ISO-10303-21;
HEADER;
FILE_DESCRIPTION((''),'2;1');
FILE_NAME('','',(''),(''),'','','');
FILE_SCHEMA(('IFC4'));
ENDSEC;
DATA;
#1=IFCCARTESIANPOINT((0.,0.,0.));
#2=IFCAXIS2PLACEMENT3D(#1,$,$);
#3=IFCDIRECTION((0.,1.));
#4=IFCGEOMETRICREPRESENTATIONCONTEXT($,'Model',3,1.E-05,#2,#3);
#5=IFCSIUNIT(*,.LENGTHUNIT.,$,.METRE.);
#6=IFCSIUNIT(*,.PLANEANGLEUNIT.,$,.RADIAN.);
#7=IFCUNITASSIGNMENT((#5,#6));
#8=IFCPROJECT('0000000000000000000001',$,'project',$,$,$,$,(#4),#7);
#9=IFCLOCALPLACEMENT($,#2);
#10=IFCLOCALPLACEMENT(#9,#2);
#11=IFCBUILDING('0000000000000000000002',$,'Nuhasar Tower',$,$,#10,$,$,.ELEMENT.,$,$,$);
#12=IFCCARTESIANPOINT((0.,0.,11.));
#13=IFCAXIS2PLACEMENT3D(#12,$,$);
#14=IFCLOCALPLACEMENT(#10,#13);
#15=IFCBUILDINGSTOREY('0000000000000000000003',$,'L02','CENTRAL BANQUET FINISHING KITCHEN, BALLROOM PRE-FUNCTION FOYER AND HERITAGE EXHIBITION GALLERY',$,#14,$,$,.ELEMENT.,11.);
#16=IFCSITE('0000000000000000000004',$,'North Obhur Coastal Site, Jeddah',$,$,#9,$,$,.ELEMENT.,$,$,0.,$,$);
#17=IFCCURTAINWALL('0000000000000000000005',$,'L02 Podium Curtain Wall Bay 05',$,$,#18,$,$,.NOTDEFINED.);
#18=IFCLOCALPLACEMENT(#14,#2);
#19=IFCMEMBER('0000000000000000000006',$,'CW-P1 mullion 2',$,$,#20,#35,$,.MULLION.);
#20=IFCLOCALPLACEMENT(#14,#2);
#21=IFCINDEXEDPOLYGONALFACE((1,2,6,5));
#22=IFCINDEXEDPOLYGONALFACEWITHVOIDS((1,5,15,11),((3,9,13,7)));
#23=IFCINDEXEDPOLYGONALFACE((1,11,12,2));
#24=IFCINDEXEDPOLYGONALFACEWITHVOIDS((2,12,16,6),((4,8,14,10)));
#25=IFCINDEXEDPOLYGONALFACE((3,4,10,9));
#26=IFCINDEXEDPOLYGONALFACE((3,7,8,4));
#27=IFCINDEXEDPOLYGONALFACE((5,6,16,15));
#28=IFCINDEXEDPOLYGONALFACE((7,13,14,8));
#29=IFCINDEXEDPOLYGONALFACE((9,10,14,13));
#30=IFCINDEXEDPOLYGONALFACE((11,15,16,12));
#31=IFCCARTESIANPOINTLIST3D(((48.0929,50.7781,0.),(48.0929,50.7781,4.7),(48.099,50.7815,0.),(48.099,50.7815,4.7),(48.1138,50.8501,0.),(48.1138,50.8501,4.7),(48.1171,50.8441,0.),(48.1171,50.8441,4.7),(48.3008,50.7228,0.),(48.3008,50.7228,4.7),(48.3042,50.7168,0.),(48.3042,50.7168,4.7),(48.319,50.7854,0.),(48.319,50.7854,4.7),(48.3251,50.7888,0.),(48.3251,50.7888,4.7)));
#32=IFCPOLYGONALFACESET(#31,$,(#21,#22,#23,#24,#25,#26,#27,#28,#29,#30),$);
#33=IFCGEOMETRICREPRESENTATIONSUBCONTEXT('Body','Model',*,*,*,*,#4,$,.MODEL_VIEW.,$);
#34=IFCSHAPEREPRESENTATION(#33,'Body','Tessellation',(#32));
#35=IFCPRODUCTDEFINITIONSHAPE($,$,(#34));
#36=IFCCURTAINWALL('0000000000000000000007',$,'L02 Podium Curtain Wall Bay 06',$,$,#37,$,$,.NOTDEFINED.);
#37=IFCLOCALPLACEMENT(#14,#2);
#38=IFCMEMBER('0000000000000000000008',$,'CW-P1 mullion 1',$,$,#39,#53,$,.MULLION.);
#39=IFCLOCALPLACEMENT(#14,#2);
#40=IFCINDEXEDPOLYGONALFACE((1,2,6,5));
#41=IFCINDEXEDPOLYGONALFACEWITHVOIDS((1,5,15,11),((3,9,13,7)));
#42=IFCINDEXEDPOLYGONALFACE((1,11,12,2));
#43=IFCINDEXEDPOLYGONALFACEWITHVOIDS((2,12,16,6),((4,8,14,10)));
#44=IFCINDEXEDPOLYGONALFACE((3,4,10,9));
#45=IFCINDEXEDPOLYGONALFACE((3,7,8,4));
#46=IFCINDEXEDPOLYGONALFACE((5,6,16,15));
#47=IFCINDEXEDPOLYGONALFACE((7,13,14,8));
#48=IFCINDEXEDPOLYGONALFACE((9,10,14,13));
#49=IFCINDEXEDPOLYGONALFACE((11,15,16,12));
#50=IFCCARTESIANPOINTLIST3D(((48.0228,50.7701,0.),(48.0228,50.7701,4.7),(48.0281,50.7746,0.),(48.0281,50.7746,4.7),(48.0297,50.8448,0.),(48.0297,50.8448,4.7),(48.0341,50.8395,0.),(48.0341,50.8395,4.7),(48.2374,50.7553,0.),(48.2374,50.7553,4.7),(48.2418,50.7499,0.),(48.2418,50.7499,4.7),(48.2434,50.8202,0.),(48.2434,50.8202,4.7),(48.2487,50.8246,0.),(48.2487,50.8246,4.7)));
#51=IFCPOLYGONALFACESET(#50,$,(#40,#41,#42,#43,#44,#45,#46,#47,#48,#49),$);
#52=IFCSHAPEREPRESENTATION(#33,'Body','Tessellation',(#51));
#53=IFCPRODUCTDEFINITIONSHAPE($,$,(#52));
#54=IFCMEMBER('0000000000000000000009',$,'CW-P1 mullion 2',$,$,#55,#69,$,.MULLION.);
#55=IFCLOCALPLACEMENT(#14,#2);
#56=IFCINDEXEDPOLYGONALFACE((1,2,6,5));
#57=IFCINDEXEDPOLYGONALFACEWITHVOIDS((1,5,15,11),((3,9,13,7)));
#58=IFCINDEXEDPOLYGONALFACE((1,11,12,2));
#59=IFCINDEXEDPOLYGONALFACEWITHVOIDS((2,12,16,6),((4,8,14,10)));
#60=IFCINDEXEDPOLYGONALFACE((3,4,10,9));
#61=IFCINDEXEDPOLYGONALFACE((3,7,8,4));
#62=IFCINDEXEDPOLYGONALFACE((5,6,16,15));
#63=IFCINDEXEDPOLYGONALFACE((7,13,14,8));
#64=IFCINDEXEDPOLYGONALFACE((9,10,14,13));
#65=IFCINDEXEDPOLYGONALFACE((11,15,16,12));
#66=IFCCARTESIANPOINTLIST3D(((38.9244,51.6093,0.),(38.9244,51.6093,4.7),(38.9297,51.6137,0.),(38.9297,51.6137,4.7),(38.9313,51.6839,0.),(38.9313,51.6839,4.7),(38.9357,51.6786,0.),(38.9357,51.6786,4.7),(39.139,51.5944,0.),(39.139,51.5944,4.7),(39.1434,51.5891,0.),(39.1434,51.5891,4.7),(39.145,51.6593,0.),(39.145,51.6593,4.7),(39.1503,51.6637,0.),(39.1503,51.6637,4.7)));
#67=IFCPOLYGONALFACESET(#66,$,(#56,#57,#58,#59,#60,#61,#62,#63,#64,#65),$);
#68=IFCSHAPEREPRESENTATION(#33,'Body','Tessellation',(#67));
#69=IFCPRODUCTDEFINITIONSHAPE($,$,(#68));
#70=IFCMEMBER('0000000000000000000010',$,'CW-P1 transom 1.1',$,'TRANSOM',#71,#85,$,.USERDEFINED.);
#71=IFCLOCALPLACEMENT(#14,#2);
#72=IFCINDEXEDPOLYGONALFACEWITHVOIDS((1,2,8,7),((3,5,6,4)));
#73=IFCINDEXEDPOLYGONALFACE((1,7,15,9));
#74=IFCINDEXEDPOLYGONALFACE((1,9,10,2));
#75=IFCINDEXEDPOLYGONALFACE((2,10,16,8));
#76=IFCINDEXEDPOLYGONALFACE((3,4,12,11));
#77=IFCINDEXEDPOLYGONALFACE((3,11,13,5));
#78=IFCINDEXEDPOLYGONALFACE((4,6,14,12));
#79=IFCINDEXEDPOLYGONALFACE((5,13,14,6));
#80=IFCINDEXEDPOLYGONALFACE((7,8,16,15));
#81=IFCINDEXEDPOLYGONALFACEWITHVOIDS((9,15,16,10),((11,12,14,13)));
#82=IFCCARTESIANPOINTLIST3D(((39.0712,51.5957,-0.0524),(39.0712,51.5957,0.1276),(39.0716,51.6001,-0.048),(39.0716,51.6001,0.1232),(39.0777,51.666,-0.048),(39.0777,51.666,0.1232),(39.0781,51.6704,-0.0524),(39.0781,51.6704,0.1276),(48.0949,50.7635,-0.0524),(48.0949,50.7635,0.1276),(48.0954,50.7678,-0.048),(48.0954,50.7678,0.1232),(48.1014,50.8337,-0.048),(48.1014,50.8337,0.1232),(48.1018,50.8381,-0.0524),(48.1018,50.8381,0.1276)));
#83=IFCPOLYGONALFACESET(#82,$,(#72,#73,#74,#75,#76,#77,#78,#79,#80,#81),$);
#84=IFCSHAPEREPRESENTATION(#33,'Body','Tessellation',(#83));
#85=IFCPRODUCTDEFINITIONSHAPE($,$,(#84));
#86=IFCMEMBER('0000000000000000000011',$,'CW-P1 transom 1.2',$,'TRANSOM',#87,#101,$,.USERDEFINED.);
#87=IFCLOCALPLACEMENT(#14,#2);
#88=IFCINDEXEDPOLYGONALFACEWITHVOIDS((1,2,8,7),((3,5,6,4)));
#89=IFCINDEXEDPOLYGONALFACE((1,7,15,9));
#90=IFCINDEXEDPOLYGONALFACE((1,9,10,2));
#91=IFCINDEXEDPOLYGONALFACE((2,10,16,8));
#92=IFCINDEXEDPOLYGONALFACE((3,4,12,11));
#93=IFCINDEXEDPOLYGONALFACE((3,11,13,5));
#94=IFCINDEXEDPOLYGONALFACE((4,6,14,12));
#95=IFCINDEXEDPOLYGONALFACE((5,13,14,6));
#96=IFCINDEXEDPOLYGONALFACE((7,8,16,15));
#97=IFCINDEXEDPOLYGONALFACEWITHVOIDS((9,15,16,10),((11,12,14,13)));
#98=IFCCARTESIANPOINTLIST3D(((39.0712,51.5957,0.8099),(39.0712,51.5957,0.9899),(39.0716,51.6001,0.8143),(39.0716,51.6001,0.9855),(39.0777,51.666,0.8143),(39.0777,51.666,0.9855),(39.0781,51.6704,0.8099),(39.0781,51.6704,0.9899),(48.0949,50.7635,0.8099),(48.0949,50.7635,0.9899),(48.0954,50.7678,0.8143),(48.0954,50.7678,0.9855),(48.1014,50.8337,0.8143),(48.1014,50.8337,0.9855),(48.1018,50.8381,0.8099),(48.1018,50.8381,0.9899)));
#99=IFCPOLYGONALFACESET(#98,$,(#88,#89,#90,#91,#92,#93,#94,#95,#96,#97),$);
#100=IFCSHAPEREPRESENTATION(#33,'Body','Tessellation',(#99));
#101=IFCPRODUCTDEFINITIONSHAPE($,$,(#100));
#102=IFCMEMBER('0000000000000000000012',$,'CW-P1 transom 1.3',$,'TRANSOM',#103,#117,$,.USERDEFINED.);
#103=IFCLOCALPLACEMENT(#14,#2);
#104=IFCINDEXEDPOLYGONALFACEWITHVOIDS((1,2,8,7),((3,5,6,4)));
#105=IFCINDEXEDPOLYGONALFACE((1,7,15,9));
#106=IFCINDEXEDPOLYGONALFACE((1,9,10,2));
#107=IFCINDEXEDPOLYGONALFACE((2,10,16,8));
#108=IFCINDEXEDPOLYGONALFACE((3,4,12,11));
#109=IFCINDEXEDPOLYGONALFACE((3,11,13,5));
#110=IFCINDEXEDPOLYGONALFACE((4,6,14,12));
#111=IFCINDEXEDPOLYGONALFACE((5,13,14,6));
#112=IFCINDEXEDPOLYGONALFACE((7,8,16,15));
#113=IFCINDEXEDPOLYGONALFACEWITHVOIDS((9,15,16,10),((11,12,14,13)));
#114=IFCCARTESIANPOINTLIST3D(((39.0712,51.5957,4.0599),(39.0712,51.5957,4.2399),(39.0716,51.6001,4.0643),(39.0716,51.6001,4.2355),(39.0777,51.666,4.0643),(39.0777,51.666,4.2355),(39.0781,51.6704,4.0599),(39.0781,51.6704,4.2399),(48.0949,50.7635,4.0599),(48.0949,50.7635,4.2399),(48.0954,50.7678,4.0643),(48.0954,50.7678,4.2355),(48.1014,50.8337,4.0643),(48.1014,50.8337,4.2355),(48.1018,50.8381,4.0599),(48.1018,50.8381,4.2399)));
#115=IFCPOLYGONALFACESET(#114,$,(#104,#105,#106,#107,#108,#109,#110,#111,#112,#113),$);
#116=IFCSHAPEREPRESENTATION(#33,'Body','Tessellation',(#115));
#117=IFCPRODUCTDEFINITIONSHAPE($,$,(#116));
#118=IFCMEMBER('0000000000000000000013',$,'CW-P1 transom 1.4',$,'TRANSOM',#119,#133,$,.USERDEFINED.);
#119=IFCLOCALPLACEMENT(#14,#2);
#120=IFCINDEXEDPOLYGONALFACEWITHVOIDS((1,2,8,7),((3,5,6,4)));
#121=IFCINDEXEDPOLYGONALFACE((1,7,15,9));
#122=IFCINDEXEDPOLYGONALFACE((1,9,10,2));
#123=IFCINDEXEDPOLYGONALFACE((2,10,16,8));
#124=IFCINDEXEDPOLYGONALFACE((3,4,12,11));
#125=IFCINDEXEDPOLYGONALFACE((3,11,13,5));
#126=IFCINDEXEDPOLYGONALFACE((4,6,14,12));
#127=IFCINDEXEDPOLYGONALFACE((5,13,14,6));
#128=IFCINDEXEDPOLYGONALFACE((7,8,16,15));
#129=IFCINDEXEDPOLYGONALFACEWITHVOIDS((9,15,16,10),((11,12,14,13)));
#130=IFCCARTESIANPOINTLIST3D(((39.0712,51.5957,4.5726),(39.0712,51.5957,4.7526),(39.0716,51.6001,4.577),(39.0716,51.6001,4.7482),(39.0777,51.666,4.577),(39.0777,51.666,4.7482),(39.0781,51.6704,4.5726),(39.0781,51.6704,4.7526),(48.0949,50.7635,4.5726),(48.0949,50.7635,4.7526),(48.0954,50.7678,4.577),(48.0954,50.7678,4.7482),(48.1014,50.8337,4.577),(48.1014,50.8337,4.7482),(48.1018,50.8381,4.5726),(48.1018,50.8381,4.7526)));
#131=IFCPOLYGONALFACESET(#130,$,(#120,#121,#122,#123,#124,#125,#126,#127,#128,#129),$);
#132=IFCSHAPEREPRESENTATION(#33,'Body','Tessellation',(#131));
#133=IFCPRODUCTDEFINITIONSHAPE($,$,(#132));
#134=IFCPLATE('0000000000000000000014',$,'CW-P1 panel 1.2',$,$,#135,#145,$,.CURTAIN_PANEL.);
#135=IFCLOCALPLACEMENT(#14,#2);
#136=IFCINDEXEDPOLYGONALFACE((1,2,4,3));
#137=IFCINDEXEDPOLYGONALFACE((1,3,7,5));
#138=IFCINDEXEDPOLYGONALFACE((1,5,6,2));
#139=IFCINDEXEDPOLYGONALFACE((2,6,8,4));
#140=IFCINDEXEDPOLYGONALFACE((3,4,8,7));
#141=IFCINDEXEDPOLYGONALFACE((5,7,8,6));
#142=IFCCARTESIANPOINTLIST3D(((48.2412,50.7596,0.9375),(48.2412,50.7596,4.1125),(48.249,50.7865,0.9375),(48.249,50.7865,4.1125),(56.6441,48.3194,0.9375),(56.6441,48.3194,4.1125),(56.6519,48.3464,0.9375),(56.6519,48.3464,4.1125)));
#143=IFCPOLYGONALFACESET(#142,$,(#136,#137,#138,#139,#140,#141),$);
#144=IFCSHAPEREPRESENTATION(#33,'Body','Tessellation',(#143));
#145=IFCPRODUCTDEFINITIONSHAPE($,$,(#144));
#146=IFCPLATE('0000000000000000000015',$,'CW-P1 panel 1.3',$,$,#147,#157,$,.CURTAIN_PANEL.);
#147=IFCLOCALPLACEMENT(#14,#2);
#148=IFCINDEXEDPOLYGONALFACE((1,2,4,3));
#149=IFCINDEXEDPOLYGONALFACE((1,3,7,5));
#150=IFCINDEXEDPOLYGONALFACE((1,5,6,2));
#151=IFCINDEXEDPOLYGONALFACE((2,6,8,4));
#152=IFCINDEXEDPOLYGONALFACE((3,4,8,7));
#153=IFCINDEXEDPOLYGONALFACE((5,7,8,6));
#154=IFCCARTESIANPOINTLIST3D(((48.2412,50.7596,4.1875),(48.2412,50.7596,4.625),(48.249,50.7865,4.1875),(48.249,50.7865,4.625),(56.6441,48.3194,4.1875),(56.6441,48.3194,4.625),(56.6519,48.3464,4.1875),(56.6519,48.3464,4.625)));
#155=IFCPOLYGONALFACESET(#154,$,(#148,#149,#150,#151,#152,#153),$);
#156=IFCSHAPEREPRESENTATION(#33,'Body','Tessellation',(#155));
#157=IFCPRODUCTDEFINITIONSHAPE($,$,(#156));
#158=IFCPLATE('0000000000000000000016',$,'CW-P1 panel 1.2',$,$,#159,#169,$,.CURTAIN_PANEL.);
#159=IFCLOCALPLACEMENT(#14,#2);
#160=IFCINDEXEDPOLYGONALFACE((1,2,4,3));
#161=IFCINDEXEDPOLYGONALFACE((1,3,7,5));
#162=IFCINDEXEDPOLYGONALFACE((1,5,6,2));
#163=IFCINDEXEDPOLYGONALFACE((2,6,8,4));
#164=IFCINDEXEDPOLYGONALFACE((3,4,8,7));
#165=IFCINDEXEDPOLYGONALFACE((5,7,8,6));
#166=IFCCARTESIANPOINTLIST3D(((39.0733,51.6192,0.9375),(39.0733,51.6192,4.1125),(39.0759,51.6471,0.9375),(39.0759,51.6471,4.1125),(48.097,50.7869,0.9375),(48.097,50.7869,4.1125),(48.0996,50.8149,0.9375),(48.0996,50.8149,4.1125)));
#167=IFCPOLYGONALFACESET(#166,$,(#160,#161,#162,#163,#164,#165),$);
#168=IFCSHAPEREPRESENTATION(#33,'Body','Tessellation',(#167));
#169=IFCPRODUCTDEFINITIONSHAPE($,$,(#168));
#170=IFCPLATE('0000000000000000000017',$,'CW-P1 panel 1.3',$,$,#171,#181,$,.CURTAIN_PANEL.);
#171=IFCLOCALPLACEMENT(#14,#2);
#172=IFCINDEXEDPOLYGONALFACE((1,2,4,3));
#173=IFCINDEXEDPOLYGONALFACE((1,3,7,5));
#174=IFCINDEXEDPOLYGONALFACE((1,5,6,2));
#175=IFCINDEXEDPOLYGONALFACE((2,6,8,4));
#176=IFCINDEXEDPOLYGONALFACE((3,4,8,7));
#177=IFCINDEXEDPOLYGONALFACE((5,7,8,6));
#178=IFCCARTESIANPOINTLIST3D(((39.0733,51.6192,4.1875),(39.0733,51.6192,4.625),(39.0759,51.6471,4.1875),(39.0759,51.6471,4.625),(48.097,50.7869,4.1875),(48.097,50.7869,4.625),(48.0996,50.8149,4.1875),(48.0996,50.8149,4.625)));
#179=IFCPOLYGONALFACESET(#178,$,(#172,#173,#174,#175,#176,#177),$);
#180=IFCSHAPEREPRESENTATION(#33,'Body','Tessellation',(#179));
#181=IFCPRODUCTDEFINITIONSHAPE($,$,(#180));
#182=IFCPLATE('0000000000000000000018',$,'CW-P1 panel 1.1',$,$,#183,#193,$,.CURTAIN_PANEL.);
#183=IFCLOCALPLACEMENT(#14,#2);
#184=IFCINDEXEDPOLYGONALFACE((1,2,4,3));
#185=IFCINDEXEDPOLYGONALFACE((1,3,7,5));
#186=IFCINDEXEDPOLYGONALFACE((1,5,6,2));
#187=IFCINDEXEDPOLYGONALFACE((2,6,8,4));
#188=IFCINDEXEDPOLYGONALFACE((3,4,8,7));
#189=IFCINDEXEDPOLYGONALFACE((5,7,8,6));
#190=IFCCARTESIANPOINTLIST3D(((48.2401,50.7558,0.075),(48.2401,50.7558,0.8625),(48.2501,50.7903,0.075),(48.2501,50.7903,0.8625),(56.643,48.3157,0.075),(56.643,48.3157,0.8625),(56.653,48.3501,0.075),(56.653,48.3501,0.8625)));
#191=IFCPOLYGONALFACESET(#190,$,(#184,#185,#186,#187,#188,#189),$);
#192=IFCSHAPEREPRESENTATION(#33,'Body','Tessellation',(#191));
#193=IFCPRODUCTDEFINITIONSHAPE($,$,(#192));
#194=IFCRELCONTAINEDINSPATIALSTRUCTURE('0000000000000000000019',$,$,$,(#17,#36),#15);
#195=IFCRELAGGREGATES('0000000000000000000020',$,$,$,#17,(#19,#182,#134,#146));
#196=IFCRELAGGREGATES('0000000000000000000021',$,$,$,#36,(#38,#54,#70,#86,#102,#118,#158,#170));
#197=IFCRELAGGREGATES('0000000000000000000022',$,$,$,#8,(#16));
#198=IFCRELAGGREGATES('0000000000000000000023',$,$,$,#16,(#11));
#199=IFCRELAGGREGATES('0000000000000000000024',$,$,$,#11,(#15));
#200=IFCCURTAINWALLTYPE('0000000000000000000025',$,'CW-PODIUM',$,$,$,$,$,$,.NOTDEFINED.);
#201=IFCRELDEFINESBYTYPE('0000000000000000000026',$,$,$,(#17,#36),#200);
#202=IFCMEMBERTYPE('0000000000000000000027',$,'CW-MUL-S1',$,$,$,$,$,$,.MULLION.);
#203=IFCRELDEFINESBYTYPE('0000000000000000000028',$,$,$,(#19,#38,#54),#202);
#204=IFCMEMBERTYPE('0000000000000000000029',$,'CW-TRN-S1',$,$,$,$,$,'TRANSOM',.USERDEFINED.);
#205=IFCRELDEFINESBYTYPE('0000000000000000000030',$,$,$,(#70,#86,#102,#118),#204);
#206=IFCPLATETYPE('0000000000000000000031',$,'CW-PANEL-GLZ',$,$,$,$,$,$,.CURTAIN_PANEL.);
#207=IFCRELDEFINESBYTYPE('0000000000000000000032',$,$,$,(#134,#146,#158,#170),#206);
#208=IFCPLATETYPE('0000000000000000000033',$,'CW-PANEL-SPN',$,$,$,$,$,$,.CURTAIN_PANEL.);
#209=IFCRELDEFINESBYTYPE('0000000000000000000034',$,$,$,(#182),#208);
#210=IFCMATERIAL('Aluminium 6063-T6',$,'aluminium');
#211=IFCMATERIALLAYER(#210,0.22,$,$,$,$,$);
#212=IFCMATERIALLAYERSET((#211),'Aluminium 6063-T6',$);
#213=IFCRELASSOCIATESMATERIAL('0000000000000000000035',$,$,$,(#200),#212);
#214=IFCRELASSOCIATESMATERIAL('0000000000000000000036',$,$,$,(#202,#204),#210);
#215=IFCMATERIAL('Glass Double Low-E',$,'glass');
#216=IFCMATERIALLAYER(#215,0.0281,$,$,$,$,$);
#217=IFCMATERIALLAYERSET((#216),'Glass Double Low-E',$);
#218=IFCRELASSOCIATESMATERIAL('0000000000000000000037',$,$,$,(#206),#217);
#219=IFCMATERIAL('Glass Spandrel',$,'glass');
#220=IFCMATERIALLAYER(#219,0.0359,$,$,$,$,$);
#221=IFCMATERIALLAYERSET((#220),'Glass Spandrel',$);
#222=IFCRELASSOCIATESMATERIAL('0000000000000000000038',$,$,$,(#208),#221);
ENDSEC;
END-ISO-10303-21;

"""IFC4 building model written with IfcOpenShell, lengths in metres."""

from ifc_helpers import new_model, si_unit, direction, frame, origin, origin_2d, place, context, subcontext, project, spatial, rectangle, hollow_rectangle, extrude, material, layer, layer_set, material_profile, profile_set, type_object, element, aggregate, save


model = new_model("IFC4")

# Units and contexts
model_context = context("Model", 3, precision=1e-05, world=origin(), true_north=direction((0.0, 1.0)))
body_context = subcontext(model_context, "Body", "Model", "MODEL_VIEW")
ifc_project = project(units=[si_unit("LENGTHUNIT", "METRE"), si_unit("PLANEANGLEUNIT", "RADIAN")], contexts=[model_context])

# Site, building, storey
site_placement = place(None, origin())
site = spatial("IfcSite", under=ifc_project, at=site_placement, Name="North Obhur Coastal Site, Jeddah", CompositionType="ELEMENT", RefElevation=0.0)
building_placement = place(site_placement, origin())
building = spatial("IfcBuilding", under=site, at=building_placement, Name="Nuhasar Tower", CompositionType="ELEMENT")
storey_placement = place(building_placement, frame((0.0, 0.0, 11.0)))
storey = spatial("IfcBuildingStorey", under=building, at=storey_placement, Name="L02", Description="CENTRAL BANQUET FINISHING KITCHEN, BALLROOM PRE-FUNCTION FOYER AND HERITAGE EXHIBITION GALLERY", CompositionType="ELEMENT", Elevation=11.0)

# Curtain wall, member
ifc_material_1 = material(Name="Aluminium 6063-T6", Category="aluminium")
ifc_layer_1 = layer(ifc_material_1, 0.22)
ifc_layer_set_1 = layer_set([ifc_layer_1], Name="Aluminium 6063-T6")
curtain_wall_type = type_object("IfcCurtainWallType", Name="CW-PODIUM", PredefinedType="NOTDEFINED", material=ifc_layer_set_1)
curtain_wall_1_placement = place(storey_placement, origin())
curtain_wall_1 = element("IfcCurtainWall", 1, at=curtain_wall_1_placement, inside=storey, type_object=curtain_wall_type, Name="L02 Podium Curtain Wall Bay 05", PredefinedType="NOTDEFINED")
ifc_material_profile_1 = material_profile(ifc_material_1, hollow_rectangle(XDim=0.075, YDim=0.22, WallThickness=0.0049, at=origin_2d()), Name="CWM-1")
ifc_profile_set_1 = profile_set([ifc_material_profile_1], Name="Aluminium 6063-T6")
member_type_1 = type_object("IfcMemberType", Name="CW-MUL-S1", PredefinedType="MULLION", material=ifc_profile_set_1)
member_1_placement = place(storey_placement, frame((48.209, 50.7834, 0.0), z_axis=(0.0, 0.0, 1.0), x_axis=(-0.278874, -0.960328, 0.0)))
member_1 = element("IfcMember", 2, at=member_1_placement, type_object=member_type_1, Name="CW-P1 mullion 2", PredefinedType="MULLION", context=body_context, shape_type="SweptSolid", body=[
    extrude(hollow_rectangle(XDim=0.075, YDim=0.22, WallThickness=0.0049, at=origin_2d()), origin(), (0.0, 0.0, 1.0), 4.7),
])

# Curtain wall, members
curtain_wall_2_placement = place(storey_placement, origin())
curtain_wall_2 = element("IfcCurtainWall", 3, at=curtain_wall_2_placement, inside=storey, type_object=curtain_wall_type, Name="L02 Podium Curtain Wall Bay 06", PredefinedType="NOTDEFINED")
member_2_placement = place(storey_placement, frame((48.1357, 50.7974, 0.0), z_axis=(0.0, 0.0, 1.0), x_axis=(-0.091837, -0.995774, 0.0)))
member_2 = element("IfcMember", 4, at=member_2_placement, type_object=member_type_1, Name="CW-P1 mullion 1", PredefinedType="MULLION", context=body_context, shape_type="SweptSolid", body=[
    extrude(hollow_rectangle(XDim=0.075, YDim=0.22, WallThickness=0.0049, at=origin_2d()), origin(), (0.0, 0.0, 1.0), 4.7),
])
member_3_placement = place(storey_placement, frame((39.0374, 51.6365, 0.0), z_axis=(0.0, 0.0, 1.0), x_axis=(-0.091837, -0.995774, 0.0)))
member_3 = element("IfcMember", 5, at=member_3_placement, type_object=member_type_1, Name="CW-P1 mullion 2", PredefinedType="MULLION", context=body_context, shape_type="SweptSolid", body=[
    extrude(hollow_rectangle(XDim=0.075, YDim=0.22, WallThickness=0.0049, at=origin_2d()), origin(), (0.0, 0.0, 1.0), 4.7),
])
ifc_material_profile_2 = material_profile(ifc_material_1, hollow_rectangle(XDim=0.075, YDim=0.1799, WallThickness=0.0044, at=origin_2d()), Name="CWT-1")
ifc_profile_set_2 = profile_set([ifc_material_profile_2], Name="Aluminium 6063-T6")
member_type_2 = type_object("IfcMemberType", Name="CW-TRN-S1", ElementType="TRANSOM", PredefinedType="USERDEFINED", material=ifc_profile_set_2)
member_4_placement = place(storey_placement, frame((48.0984, 50.8008, 0.0376), z_axis=(-0.995774, 0.091843, 0.0), x_axis=(-0.091843, -0.995774, 0.0)))
member_4 = element("IfcMember", 6, at=member_4_placement, type_object=member_type_2, Name="CW-P1 transom 1.1", ObjectType="TRANSOM", PredefinedType="USERDEFINED", context=body_context, shape_type="SweptSolid", body=[
    extrude(hollow_rectangle(XDim=0.075, YDim=0.1799, WallThickness=0.0044, at=origin_2d()), origin(), (0.0, 0.0, 1.0), 9.062),
])
member_5_placement = place(storey_placement, frame((48.0984, 50.8008, 0.8999), z_axis=(-0.995774, 0.091843, 0.0), x_axis=(-0.091843, -0.995774, 0.0)))
member_5 = element("IfcMember", 7, at=member_5_placement, type_object=member_type_2, Name="CW-P1 transom 1.2", ObjectType="TRANSOM", PredefinedType="USERDEFINED", context=body_context, shape_type="SweptSolid", body=[
    extrude(hollow_rectangle(XDim=0.075, YDim=0.1799, WallThickness=0.0044, at=origin_2d()), origin(), (0.0, 0.0, 1.0), 9.062),
])
member_6_placement = place(storey_placement, frame((48.0984, 50.8008, 4.1499), z_axis=(-0.995774, 0.091843, 0.0), x_axis=(-0.091843, -0.995774, 0.0)))
member_6 = element("IfcMember", 8, at=member_6_placement, type_object=member_type_2, Name="CW-P1 transom 1.3", ObjectType="TRANSOM", PredefinedType="USERDEFINED", context=body_context, shape_type="SweptSolid", body=[
    extrude(hollow_rectangle(XDim=0.075, YDim=0.1799, WallThickness=0.0044, at=origin_2d()), origin(), (0.0, 0.0, 1.0), 9.062),
])
member_7_placement = place(storey_placement, frame((48.0984, 50.8008, 4.6626), z_axis=(-0.995774, 0.091843, 0.0), x_axis=(-0.091843, -0.995774, 0.0)))
member_7 = element("IfcMember", 9, at=member_7_placement, type_object=member_type_2, Name="CW-P1 transom 1.4", ObjectType="TRANSOM", PredefinedType="USERDEFINED", context=body_context, shape_type="SweptSolid", body=[
    extrude(hollow_rectangle(XDim=0.075, YDim=0.1799, WallThickness=0.0044, at=origin_2d()), origin(), (0.0, 0.0, 1.0), 9.062),
])

# Plates
ifc_material_2 = material(Name="Glass Double Low-E", Category="glass")
ifc_layer_2 = layer(ifc_material_2, 0.0281)
ifc_layer_set_2 = layer_set([ifc_layer_2], Name="Glass Double Low-E")
plate_type_1 = type_object("IfcPlateType", Name="CW-PANEL-GLZ", PredefinedType="CURTAIN_PANEL", material=ifc_layer_set_2)
plate_1_placement = place(storey_placement, frame((52.4465, 49.553, 0.9375), z_axis=(0.0, 0.0, 1.0), x_axis=(-0.960328, 0.278874, 0.0)))
plate_1 = element("IfcPlate", 10, at=plate_1_placement, type_object=plate_type_1, Name="CW-P1 panel 1.2", PredefinedType="CURTAIN_PANEL", context=body_context, shape_type="SweptSolid", body=[
    extrude(rectangle(XDim=8.75, YDim=0.0281, at=origin_2d()), origin(), (0.0, 0.0, 1.0), 3.175),
])
plate_2_placement = place(storey_placement, frame((52.4465, 49.553, 4.1875), z_axis=(0.0, 0.0, 1.0), x_axis=(-0.960328, 0.278874, 0.0)))
plate_2 = element("IfcPlate", 11, at=plate_2_placement, type_object=plate_type_1, Name="CW-P1 panel 1.3", PredefinedType="CURTAIN_PANEL", context=body_context, shape_type="SweptSolid", body=[
    extrude(rectangle(XDim=8.75, YDim=0.0281, at=origin_2d()), origin(), (0.0, 0.0, 1.0), 0.4375),
])
plate_3_placement = place(storey_placement, frame((43.5864, 51.217, 0.9375), z_axis=(0.0, 0.0, 1.0), x_axis=(-0.995774, 0.091837, 0.0)))
plate_3 = element("IfcPlate", 12, at=plate_3_placement, type_object=plate_type_1, Name="CW-P1 panel 1.2", PredefinedType="CURTAIN_PANEL", context=body_context, shape_type="SweptSolid", body=[
    extrude(rectangle(XDim=9.062, YDim=0.0281, at=origin_2d()), origin(), (0.0, 0.0, 1.0), 3.175),
])
plate_4_placement = place(storey_placement, frame((43.5864, 51.217, 4.1875), z_axis=(0.0, 0.0, 1.0), x_axis=(-0.995774, 0.091837, 0.0)))
plate_4 = element("IfcPlate", 13, at=plate_4_placement, type_object=plate_type_1, Name="CW-P1 panel 1.3", PredefinedType="CURTAIN_PANEL", context=body_context, shape_type="SweptSolid", body=[
    extrude(rectangle(XDim=9.062, YDim=0.0281, at=origin_2d()), origin(), (0.0, 0.0, 1.0), 0.4375),
])
ifc_material_3 = material(Name="Glass Spandrel", Category="glass")
ifc_layer_3 = layer(ifc_material_3, 0.0359)
ifc_layer_set_3 = layer_set([ifc_layer_3], Name="Glass Spandrel")
plate_type_2 = type_object("IfcPlateType", Name="CW-PANEL-SPN", PredefinedType="CURTAIN_PANEL", material=ifc_layer_set_3)
plate_5_placement = place(storey_placement, frame((52.4465, 49.553, 0.075), z_axis=(0.0, 0.0, 1.0), x_axis=(-0.960328, 0.278874, 0.0)))
plate_5 = element("IfcPlate", 14, at=plate_5_placement, type_object=plate_type_2, Name="CW-P1 panel 1.1", PredefinedType="CURTAIN_PANEL", context=body_context, shape_type="SweptSolid", body=[
    extrude(rectangle(XDim=8.75, YDim=0.0359, at=origin_2d()), origin(), (0.0, 0.0, 1.0), 0.7876),
])
aggregate(curtain_wall_1, [member_1, plate_5, plate_1, plate_2])
aggregate(curtain_wall_2, [member_2, member_3, member_4, member_5, member_6, member_7, plate_3, plate_4])

save(model, "model.ifc")
